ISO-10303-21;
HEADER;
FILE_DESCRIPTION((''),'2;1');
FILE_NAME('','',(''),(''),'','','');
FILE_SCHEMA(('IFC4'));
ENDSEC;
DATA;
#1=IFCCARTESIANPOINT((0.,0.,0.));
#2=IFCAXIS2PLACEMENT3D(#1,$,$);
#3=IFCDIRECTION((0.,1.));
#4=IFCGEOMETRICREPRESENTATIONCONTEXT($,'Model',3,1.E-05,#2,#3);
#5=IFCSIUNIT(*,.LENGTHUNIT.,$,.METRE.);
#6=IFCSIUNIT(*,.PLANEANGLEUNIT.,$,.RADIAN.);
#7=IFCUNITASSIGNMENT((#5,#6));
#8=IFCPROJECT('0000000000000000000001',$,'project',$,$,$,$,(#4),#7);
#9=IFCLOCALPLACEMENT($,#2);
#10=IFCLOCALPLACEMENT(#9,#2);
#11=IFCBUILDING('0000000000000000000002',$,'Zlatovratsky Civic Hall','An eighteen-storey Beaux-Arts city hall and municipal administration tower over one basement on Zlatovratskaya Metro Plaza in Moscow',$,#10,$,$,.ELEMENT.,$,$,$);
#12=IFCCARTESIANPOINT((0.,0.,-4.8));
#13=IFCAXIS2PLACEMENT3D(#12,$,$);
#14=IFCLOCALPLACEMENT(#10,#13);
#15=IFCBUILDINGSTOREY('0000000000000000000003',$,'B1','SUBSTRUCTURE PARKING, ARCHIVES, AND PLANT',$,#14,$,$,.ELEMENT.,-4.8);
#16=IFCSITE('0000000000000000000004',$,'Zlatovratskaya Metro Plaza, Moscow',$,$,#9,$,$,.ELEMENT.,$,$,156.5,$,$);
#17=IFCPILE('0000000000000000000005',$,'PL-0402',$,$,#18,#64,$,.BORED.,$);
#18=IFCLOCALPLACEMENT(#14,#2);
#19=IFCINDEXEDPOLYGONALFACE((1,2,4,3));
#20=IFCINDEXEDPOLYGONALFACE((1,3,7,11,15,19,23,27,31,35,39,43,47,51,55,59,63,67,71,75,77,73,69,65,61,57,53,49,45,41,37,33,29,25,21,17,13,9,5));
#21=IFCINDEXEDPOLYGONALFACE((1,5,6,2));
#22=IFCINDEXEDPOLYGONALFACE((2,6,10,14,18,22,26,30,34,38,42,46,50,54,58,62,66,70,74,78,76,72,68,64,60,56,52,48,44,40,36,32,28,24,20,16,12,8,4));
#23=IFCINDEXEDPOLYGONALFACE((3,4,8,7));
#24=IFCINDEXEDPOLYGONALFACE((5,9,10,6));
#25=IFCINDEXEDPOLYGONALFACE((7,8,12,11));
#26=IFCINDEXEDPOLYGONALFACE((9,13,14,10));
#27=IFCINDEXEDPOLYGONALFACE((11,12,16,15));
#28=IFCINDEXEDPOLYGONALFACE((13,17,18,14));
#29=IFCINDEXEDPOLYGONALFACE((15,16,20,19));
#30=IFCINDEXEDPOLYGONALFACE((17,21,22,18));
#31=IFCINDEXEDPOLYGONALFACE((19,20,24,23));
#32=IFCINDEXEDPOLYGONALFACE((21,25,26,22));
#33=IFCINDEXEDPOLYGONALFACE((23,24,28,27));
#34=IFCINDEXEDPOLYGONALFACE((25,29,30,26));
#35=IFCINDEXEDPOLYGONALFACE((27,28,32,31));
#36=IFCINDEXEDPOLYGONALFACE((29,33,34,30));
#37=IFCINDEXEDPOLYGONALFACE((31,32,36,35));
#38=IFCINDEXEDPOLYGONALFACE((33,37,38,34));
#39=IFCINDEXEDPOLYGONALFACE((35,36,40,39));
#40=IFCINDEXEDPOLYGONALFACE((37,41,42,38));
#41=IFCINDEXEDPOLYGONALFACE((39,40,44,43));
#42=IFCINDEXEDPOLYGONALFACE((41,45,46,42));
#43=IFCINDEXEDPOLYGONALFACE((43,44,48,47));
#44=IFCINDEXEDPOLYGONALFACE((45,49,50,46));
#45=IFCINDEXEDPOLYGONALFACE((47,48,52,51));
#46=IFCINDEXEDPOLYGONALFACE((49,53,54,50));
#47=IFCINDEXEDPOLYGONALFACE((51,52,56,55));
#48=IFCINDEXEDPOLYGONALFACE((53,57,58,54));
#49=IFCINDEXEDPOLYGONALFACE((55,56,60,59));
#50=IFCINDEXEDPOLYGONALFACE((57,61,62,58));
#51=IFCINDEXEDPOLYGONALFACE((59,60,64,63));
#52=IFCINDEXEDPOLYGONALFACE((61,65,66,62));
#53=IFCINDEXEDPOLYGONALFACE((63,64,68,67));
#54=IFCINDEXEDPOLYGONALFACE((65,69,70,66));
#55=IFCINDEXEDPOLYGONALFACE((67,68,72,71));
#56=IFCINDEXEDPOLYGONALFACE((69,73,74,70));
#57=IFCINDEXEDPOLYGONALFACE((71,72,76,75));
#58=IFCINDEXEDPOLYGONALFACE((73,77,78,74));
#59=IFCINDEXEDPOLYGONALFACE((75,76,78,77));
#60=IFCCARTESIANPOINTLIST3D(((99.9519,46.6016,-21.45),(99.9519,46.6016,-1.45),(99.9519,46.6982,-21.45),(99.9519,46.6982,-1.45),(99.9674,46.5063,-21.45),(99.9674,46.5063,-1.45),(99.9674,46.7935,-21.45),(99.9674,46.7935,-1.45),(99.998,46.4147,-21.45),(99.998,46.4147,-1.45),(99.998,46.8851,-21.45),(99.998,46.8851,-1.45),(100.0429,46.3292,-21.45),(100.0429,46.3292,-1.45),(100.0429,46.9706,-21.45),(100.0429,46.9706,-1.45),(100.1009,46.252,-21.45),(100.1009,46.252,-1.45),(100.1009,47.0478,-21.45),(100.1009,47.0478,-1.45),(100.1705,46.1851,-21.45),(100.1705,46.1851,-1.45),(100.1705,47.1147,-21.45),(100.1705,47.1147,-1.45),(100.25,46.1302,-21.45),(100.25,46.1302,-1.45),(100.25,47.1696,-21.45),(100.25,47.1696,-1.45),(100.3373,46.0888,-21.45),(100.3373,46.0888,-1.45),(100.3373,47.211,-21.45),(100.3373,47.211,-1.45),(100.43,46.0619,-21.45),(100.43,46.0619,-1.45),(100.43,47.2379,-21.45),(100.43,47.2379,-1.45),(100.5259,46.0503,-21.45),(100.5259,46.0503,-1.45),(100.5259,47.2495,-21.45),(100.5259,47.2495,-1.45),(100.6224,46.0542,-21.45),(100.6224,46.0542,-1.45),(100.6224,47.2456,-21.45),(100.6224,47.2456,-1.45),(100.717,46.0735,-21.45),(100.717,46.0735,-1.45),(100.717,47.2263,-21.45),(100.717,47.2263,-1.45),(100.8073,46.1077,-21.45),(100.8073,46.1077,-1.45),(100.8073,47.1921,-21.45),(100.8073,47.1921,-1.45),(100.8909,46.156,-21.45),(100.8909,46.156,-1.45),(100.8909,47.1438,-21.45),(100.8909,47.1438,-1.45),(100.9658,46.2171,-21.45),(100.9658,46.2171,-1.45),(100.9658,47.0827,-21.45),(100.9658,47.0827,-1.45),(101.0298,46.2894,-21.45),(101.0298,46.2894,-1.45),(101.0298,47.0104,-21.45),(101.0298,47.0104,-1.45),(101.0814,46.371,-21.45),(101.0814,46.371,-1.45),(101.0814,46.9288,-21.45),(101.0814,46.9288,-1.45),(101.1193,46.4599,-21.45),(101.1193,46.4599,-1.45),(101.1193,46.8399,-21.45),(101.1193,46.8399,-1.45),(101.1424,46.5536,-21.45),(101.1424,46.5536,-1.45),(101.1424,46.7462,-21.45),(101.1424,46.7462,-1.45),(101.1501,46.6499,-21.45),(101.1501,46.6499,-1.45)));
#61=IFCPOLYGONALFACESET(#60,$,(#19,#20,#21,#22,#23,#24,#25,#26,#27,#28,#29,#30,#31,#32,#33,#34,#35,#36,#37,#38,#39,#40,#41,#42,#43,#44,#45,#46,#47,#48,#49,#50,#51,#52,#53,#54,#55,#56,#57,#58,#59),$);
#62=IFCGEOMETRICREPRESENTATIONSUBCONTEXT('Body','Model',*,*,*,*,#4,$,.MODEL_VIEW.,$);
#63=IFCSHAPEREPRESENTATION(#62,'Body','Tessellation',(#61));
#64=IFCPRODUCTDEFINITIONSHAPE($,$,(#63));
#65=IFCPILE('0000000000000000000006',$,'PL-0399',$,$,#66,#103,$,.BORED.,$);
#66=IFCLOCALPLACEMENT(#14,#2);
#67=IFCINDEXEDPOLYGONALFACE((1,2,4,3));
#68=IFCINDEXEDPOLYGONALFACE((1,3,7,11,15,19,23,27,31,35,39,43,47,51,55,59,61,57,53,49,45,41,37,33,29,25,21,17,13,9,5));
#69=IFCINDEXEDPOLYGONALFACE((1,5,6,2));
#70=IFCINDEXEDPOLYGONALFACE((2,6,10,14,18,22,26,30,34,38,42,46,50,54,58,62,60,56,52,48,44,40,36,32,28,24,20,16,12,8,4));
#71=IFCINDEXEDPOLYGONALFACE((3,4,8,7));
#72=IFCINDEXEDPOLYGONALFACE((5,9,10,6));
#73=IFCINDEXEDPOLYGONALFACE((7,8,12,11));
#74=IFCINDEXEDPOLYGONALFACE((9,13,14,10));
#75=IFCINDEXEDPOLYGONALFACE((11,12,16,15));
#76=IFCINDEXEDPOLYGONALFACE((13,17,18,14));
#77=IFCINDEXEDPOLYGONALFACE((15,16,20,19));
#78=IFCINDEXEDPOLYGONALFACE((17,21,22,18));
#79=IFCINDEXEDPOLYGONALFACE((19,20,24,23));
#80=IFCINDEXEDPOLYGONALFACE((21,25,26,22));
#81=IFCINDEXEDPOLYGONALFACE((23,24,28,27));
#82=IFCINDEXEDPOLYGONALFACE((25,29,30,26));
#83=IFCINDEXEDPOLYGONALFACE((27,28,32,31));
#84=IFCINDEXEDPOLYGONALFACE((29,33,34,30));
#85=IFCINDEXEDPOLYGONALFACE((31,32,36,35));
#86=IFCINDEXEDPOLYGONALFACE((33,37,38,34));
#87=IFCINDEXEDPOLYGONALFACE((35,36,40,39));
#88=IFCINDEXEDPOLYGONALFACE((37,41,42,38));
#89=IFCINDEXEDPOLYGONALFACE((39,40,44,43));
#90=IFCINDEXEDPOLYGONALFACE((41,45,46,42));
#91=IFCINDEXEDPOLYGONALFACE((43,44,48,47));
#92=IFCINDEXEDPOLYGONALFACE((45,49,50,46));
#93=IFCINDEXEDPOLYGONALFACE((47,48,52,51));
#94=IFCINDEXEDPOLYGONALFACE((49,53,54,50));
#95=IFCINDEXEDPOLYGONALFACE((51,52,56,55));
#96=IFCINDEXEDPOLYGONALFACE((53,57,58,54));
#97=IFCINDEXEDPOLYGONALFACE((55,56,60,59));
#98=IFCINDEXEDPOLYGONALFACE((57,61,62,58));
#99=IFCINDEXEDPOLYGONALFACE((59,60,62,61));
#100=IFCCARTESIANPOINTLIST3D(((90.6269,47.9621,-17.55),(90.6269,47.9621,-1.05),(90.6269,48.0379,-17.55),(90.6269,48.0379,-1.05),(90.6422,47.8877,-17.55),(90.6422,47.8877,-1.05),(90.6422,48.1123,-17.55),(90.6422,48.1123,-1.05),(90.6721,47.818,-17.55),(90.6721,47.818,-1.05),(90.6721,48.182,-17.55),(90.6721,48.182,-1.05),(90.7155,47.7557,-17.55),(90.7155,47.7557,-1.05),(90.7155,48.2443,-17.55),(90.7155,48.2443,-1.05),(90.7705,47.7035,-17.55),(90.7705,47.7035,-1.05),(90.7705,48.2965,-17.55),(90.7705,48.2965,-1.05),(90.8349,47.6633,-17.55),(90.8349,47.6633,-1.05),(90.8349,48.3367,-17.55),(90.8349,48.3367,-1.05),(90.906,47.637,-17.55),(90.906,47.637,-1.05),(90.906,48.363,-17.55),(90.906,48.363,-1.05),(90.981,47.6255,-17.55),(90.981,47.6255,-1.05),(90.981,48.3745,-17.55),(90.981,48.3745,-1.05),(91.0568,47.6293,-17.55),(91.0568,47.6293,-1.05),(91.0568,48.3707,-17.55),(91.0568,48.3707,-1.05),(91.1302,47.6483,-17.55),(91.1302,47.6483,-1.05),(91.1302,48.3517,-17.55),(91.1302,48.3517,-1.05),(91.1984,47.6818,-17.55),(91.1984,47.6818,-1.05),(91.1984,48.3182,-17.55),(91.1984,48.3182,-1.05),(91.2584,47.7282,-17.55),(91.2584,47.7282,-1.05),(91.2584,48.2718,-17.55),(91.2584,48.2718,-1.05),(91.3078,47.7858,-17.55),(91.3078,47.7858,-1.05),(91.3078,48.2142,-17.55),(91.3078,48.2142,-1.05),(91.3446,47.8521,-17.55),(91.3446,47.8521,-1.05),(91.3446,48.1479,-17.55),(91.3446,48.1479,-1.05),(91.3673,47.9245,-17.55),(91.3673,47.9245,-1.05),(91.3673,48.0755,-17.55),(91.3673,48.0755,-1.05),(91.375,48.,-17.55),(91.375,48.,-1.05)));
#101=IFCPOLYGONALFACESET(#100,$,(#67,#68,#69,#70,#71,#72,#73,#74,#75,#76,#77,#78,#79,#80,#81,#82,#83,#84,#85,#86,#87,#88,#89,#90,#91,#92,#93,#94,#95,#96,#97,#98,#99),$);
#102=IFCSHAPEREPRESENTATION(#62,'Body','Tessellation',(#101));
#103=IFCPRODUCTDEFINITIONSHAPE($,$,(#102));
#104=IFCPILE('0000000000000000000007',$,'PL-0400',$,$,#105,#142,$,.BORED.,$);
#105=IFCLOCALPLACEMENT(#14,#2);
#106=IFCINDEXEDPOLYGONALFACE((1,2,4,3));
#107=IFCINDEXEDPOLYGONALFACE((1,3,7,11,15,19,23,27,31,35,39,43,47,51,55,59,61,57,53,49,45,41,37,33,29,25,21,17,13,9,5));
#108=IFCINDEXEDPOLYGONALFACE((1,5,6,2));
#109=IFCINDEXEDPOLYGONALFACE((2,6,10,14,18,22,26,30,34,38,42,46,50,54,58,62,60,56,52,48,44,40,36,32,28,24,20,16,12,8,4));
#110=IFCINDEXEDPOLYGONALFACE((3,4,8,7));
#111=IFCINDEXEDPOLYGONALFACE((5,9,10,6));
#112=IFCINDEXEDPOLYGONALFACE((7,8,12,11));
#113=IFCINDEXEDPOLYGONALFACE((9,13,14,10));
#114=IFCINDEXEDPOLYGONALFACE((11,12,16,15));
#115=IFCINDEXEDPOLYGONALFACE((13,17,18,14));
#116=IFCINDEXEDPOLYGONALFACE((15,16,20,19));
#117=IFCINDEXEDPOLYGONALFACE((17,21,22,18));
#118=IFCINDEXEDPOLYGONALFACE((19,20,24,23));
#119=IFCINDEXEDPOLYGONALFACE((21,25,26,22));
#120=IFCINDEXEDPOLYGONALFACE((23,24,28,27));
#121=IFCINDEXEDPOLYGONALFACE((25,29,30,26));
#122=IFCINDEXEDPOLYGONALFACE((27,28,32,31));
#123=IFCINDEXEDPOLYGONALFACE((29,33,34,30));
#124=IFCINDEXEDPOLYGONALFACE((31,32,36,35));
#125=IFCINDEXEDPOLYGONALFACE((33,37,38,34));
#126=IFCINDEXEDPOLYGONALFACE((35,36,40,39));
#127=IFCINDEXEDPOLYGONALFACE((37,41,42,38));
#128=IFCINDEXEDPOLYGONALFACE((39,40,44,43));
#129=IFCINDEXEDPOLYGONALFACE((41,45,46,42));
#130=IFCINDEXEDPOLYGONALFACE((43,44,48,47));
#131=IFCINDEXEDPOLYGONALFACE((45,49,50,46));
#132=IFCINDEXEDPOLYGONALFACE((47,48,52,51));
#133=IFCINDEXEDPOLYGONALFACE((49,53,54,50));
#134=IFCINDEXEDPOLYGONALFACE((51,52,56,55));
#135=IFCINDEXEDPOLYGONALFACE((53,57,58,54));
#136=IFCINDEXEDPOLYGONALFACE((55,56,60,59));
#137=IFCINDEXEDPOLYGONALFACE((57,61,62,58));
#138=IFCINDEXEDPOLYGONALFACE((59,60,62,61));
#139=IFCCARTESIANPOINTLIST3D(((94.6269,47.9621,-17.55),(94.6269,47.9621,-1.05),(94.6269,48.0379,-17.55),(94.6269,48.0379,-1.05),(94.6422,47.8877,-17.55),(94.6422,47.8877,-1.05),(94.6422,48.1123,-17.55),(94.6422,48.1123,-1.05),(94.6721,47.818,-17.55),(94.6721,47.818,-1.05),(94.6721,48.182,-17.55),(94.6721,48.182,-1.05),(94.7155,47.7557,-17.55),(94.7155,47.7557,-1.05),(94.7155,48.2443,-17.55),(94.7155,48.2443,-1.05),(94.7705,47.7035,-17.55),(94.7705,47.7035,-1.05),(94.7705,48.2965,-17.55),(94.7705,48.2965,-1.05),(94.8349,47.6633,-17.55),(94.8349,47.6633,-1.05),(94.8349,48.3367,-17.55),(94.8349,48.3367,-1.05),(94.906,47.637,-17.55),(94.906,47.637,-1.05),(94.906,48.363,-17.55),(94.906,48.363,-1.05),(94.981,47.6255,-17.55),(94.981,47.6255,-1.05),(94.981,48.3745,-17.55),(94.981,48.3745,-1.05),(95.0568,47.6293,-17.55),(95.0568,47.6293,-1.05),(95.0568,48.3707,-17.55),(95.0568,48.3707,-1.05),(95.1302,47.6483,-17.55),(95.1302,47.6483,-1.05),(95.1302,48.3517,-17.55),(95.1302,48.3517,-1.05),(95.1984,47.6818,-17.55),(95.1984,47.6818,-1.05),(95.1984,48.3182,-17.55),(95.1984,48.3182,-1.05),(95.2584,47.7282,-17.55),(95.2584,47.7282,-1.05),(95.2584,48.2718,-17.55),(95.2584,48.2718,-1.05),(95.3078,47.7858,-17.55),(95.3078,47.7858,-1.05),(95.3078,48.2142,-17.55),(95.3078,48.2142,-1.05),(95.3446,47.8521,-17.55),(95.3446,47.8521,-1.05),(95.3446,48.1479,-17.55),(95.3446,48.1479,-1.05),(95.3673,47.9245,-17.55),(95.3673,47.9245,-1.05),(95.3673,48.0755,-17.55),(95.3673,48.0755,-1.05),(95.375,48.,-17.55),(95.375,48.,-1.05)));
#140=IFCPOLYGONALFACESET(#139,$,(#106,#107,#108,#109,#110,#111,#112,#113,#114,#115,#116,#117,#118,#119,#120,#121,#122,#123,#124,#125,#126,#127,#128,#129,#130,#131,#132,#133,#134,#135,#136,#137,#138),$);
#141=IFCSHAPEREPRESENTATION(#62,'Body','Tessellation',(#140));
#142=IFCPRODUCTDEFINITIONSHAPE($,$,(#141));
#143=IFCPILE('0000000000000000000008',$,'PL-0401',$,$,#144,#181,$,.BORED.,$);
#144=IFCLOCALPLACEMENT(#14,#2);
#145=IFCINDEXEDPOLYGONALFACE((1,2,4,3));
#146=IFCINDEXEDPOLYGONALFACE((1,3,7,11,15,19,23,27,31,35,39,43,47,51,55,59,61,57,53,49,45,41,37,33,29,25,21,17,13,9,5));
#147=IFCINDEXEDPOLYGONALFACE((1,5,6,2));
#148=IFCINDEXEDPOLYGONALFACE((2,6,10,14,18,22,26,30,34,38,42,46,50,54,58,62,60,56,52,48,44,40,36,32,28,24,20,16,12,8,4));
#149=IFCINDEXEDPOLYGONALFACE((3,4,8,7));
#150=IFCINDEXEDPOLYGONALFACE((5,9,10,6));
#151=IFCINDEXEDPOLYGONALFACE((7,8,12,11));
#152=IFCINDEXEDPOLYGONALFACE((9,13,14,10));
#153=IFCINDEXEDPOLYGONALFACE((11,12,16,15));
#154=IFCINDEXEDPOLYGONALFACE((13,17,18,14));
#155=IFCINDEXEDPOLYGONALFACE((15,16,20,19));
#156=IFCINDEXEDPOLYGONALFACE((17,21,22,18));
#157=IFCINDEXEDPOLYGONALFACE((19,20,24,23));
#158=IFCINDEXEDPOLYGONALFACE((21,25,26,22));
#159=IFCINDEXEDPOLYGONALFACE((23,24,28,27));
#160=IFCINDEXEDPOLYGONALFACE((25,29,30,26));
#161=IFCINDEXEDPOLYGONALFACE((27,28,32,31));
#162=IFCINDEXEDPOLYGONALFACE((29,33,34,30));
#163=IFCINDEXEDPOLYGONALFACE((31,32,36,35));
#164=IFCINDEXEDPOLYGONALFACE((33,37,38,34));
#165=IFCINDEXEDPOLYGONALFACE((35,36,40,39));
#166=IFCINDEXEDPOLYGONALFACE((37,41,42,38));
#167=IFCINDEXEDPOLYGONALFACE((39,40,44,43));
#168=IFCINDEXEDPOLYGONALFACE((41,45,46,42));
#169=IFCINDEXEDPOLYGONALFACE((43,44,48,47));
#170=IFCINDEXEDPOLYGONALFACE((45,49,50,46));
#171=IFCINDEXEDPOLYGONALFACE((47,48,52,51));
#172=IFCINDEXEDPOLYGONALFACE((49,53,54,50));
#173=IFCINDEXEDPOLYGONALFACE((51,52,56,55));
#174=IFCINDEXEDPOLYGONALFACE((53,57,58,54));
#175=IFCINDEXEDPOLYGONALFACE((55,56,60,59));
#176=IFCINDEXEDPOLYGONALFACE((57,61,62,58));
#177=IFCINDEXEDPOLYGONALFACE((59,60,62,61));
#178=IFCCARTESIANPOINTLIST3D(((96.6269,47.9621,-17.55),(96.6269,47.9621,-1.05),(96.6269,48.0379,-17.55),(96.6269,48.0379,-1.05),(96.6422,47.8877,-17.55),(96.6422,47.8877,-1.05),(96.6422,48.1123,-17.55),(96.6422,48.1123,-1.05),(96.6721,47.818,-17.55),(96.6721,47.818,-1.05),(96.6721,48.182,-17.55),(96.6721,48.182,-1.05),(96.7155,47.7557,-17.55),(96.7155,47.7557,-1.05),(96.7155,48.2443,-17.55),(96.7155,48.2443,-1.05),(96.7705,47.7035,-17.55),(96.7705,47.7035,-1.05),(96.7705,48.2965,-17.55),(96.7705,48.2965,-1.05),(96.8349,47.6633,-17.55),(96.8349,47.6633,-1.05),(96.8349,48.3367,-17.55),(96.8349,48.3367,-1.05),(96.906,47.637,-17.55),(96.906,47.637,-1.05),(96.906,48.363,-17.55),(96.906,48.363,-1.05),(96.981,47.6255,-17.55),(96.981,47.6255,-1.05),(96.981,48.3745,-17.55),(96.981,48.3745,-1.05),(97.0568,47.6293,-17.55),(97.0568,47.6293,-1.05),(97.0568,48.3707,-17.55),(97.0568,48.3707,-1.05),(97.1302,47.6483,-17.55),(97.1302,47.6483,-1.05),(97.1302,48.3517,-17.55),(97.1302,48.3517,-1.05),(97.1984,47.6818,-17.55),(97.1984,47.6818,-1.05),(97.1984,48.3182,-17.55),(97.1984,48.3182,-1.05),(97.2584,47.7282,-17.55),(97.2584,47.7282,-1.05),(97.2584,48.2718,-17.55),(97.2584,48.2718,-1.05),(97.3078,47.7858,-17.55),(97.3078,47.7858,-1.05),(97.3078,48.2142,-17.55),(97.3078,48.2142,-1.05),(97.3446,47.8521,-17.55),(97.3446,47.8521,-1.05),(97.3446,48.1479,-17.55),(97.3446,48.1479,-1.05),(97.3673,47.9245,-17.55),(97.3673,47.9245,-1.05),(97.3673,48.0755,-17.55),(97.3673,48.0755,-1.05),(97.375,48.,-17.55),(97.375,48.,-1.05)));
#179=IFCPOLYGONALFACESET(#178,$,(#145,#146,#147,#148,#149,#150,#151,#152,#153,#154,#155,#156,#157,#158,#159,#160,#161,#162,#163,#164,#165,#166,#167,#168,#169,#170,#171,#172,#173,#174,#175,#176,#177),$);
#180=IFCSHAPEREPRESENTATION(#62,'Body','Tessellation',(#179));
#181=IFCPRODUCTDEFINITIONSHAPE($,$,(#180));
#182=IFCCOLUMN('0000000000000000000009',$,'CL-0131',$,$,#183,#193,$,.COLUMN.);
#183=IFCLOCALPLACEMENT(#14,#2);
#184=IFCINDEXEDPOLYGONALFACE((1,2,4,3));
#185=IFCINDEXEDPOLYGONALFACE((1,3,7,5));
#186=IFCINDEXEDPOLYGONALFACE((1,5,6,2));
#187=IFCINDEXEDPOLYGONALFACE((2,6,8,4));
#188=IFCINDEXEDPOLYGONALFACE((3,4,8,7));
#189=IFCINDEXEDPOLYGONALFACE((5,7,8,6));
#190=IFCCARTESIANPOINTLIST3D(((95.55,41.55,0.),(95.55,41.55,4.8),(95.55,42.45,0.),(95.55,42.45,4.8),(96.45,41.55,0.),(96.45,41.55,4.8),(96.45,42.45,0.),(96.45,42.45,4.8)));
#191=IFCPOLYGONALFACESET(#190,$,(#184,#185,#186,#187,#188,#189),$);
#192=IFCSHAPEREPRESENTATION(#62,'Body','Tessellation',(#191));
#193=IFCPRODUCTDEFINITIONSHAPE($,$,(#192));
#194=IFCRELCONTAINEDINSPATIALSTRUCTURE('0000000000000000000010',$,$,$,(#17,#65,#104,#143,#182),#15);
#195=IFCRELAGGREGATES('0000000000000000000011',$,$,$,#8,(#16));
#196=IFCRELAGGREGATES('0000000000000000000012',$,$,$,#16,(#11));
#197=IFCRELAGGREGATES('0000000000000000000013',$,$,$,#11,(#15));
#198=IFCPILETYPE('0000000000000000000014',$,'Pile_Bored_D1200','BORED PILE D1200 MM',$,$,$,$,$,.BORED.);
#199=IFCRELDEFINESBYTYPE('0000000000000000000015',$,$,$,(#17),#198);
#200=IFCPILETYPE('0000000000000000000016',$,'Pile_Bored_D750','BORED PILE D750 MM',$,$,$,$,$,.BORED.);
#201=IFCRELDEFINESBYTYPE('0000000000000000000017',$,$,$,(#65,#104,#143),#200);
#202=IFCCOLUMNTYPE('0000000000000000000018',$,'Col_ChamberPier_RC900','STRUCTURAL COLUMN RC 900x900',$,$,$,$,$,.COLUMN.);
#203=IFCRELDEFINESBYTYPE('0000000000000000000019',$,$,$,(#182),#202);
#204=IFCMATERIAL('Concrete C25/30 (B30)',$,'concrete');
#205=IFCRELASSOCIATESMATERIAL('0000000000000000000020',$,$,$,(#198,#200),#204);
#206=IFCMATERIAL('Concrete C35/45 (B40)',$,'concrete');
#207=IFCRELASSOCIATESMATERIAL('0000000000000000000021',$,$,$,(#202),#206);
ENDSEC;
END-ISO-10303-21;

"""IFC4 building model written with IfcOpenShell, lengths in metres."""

from ifc_helpers import new_model, si_unit, direction, frame, origin, origin_2d, place, context, subcontext, project, spatial, rectangle, circle, extrude, material, material_profile, profile_set, type_object, element, save


model = new_model("IFC4")

# Units and contexts
model_context = context("Model", 3, precision=1e-05, world=origin(), true_north=direction((0.0, 1.0)))
body_context = subcontext(model_context, "Body", "Model", "MODEL_VIEW")
ifc_project = project(units=[si_unit("LENGTHUNIT", "METRE"), si_unit("PLANEANGLEUNIT", "RADIAN")], contexts=[model_context])

# Site, building, storey
site_placement = place(None, origin())
site = spatial("IfcSite", under=ifc_project, at=site_placement, Name="Zlatovratskaya Metro Plaza, Moscow", CompositionType="ELEMENT", RefElevation=156.5)
building_placement = place(site_placement, origin())
building = spatial("IfcBuilding", under=site, at=building_placement, Name="Zlatovratsky Civic Hall", Description="An eighteen-storey Beaux-Arts city hall and municipal administration tower over one basement on Zlatovratskaya Metro Plaza in Moscow", CompositionType="ELEMENT")
storey_placement = place(building_placement, frame((0.0, 0.0, -4.8)))
storey = spatial("IfcBuildingStorey", under=building, at=storey_placement, Name="B1", Description="SUBSTRUCTURE PARKING, ARCHIVES, AND PLANT", CompositionType="ELEMENT", Elevation=-4.8)

# Shared definitions
ifc_material_1 = material(Name="Concrete C25/30 (B30)", Category="concrete")

# Piles
ifc_material_profile_1 = material_profile(ifc_material_1, circle(Radius=0.6001, at=origin_2d()), Name="PILE D1200")
ifc_profile_set_1 = profile_set([ifc_material_profile_1], Name="Concrete C25/30 (B30)")
pile_type_1 = type_object("IfcPileType", Name="Pile_Bored_D1200", Description="BORED PILE D1200 MM", PredefinedType="BORED", material=ifc_profile_set_1)
for number, where, z_axis, x_axis, name in (
    (1, (100.55, 46.6499, -1.45), (0.0, 0.0, -1.0), (1.0, 0.0, 0.0), "PL-0402"),
):
    element("IfcPile", number, at=place(storey_placement, frame(where, z_axis=z_axis, x_axis=x_axis)), inside=storey, type_object=pile_type_1, Name=name, PredefinedType="BORED", context=body_context, shape_type="SweptSolid", body=[
        extrude(circle(Radius=0.6001, at=origin_2d()), origin(), (0.0, 0.0, 1.0), 20.0),
    ])
ifc_material_profile_2 = material_profile(ifc_material_1, circle(Radius=0.375, at=origin_2d()), Name="PILE D750")
ifc_profile_set_2 = profile_set([ifc_material_profile_2], Name="Concrete C25/30 (B30)")
pile_type_2 = type_object("IfcPileType", Name="Pile_Bored_D750", Description="BORED PILE D750 MM", PredefinedType="BORED", material=ifc_profile_set_2)
for number, where, z_axis, x_axis, name in (
    (2, (91.0, 48.0, -1.05), (0.0, 0.0, -1.0), (1.0, 0.0, 0.0), "PL-0399"),
    (3, (95.0, 48.0, -1.05), (0.0, 0.0, -1.0), (1.0, 0.0, 0.0), "PL-0400"),
    (4, (97.0, 48.0, -1.05), (0.0, 0.0, -1.0), (1.0, 0.0, 0.0), "PL-0401"),
):
    element("IfcPile", number, at=place(storey_placement, frame(where, z_axis=z_axis, x_axis=x_axis)), inside=storey, type_object=pile_type_2, Name=name, PredefinedType="BORED", context=body_context, shape_type="SweptSolid", body=[
        extrude(circle(Radius=0.375, at=origin_2d()), origin(), (0.0, 0.0, 1.0), 16.5),
    ])

# Column
ifc_material_2 = material(Name="Concrete C35/45 (B40)", Category="concrete")
ifc_material_profile_3 = material_profile(ifc_material_2, rectangle(XDim=0.8999, YDim=0.8999, at=origin_2d()), Name="RC 900x900")
ifc_profile_set_3 = profile_set([ifc_material_profile_3], Name="Concrete C35/45 (B40)")
column_type_1 = type_object("IfcColumnType", Name="Col_ChamberPier_RC900", Description="STRUCTURAL COLUMN RC 900x900", PredefinedType="COLUMN", material=ifc_profile_set_3)
column_placement = place(storey_placement, frame((96.0, 42.0, 0.0), z_axis=(0.0, 0.0, 1.0), x_axis=(1.0, 0.0, 0.0)))
element("IfcColumn", 5, at=column_placement, inside=storey, type_object=column_type_1, Name="CL-0131", PredefinedType="COLUMN", context=body_context, shape_type="SweptSolid", body=[
    extrude(rectangle(XDim=0.8999, YDim=0.8999, at=origin_2d()), origin(), (0.0, 0.0, 1.0), 4.8),
])

save(model, "model.ifc")
